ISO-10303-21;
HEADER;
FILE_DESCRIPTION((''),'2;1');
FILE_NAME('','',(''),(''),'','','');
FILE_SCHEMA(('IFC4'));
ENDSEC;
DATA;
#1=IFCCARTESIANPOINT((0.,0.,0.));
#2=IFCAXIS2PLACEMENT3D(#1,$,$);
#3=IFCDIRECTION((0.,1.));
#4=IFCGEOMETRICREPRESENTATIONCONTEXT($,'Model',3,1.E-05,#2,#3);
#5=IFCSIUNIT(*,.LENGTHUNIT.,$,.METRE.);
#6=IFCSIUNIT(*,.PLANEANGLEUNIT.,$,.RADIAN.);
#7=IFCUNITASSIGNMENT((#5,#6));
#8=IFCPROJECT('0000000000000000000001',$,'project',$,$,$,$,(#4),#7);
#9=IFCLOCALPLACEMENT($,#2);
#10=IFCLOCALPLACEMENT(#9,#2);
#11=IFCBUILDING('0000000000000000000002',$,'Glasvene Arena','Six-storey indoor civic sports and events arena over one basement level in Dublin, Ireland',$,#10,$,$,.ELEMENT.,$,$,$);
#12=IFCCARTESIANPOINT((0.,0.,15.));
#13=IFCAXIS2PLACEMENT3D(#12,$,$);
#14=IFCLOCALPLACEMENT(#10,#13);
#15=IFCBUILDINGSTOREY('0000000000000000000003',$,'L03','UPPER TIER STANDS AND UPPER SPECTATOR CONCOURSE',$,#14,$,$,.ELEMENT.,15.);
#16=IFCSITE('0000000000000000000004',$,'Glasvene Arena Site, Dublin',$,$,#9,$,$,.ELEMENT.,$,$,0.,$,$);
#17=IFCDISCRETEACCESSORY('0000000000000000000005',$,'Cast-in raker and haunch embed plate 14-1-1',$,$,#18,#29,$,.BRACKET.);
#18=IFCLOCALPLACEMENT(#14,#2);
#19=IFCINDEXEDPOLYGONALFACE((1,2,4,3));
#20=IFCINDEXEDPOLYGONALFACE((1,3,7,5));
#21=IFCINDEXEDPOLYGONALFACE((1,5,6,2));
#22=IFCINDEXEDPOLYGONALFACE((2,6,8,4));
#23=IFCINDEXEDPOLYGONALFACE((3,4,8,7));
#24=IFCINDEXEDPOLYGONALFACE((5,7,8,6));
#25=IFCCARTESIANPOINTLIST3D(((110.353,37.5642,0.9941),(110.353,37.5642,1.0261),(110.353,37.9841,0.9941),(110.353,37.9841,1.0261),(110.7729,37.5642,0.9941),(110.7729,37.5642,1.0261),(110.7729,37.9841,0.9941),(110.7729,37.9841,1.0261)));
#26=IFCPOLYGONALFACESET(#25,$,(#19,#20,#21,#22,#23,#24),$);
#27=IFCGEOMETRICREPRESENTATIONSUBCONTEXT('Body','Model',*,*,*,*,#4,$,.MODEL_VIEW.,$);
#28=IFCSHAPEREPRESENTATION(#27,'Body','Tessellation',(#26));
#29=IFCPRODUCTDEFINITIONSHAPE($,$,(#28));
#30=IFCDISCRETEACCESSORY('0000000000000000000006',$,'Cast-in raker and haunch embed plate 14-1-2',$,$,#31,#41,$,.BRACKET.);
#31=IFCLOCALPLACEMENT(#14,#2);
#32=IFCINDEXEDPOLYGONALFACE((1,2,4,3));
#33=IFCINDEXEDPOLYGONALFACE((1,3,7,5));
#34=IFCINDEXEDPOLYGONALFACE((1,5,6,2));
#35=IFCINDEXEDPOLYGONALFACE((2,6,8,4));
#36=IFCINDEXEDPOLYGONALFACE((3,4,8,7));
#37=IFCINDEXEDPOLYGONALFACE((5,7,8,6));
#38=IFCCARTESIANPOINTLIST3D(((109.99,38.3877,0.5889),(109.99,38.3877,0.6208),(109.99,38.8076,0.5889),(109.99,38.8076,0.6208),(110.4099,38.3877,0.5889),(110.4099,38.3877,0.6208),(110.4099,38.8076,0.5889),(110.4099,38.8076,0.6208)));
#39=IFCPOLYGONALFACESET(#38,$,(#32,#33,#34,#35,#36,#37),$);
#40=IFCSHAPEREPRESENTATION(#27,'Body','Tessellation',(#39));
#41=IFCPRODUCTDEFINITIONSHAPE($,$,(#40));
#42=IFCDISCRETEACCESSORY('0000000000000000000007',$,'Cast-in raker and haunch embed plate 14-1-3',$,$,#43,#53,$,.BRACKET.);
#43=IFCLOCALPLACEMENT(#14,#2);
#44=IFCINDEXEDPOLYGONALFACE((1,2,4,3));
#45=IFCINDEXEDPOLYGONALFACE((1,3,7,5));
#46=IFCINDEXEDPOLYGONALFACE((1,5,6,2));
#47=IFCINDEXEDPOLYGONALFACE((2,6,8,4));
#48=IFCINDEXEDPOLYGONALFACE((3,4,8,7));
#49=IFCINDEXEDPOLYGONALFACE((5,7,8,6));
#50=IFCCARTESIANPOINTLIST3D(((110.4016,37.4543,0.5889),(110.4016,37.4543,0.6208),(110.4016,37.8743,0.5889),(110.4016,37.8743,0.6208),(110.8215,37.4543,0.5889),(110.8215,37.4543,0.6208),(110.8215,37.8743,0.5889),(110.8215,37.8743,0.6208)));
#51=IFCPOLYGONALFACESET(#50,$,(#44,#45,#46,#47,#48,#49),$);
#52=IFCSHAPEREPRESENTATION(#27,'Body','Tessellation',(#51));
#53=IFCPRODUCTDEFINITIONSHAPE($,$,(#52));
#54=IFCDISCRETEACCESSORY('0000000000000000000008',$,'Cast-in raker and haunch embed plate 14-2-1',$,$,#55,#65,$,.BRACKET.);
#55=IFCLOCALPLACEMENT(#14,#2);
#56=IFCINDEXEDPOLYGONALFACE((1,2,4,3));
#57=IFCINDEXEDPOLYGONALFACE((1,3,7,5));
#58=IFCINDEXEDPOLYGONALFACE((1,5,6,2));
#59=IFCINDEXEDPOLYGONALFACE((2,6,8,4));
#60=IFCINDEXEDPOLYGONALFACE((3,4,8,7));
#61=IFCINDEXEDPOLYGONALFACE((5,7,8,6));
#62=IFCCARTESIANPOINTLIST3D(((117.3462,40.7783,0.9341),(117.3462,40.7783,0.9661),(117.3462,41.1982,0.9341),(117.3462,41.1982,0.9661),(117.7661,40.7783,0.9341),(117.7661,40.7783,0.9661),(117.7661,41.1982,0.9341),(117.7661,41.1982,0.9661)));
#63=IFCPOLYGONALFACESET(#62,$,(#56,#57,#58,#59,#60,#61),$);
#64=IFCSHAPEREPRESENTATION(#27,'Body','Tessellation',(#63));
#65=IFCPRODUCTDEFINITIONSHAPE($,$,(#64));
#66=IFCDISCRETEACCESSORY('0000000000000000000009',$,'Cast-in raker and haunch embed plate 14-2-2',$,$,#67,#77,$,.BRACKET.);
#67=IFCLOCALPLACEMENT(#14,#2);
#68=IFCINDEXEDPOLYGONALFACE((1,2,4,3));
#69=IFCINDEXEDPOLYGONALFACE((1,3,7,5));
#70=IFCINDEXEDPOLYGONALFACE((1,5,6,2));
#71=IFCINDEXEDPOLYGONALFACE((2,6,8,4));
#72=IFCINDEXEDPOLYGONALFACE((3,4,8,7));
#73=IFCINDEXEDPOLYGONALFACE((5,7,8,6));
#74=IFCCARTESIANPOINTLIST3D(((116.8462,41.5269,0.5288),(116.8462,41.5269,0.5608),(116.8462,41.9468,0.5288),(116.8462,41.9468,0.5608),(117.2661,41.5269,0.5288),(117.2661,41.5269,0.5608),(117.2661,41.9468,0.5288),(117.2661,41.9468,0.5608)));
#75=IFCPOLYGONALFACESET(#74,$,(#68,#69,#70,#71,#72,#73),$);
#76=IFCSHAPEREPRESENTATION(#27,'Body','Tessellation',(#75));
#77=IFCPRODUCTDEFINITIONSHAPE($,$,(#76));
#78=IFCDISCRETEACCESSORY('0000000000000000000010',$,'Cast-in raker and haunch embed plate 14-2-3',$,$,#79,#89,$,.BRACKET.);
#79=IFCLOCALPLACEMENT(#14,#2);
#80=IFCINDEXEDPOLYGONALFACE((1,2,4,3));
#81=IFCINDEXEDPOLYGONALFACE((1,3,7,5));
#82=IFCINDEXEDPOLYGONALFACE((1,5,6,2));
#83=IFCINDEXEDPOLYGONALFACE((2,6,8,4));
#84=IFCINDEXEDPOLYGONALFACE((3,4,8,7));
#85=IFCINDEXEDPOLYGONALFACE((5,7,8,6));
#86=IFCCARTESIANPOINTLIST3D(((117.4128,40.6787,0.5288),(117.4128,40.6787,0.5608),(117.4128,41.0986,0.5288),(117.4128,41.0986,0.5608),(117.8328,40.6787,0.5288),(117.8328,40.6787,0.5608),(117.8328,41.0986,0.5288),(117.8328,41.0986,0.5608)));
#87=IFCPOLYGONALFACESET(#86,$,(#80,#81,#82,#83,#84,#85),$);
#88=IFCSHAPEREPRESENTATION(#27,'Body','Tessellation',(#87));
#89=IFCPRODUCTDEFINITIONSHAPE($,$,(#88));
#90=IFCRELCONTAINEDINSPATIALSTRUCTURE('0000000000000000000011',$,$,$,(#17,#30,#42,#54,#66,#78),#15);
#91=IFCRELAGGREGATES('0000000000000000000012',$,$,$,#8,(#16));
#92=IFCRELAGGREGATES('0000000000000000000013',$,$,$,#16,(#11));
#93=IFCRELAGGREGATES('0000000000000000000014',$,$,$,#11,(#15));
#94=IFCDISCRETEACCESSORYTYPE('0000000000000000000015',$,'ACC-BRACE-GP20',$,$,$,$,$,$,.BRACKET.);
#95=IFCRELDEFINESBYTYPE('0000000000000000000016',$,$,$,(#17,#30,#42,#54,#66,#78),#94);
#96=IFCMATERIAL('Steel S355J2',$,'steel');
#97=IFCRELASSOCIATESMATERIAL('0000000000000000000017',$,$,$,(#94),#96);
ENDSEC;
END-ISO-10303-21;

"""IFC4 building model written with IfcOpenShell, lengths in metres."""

from ifc_helpers import new_model, si_unit, direction, frame, origin, origin_2d, place, context, subcontext, project, spatial, rectangle, extrude, material, type_object, element, save


model = new_model("IFC4")

# Units and contexts
model_context = context("Model", 3, precision=1e-05, world=origin(), true_north=direction((0.0, 1.0)))
body_context = subcontext(model_context, "Body", "Model", "MODEL_VIEW")
ifc_project = project(units=[si_unit("LENGTHUNIT", "METRE"), si_unit("PLANEANGLEUNIT", "RADIAN")], contexts=[model_context])

# Site, building, storey
site_placement = place(None, origin())
site = spatial("IfcSite", under=ifc_project, at=site_placement, Name="Glasvene Arena Site, Dublin", CompositionType="ELEMENT", RefElevation=0.0)
building_placement = place(site_placement, origin())
building = spatial("IfcBuilding", under=site, at=building_placement, Name="Glasvene Arena", Description="Six-storey indoor civic sports and events arena over one basement level in Dublin, Ireland", CompositionType="ELEMENT")
storey_placement = place(building_placement, frame((0.0, 0.0, 15.0)))
storey = spatial("IfcBuildingStorey", under=building, at=storey_placement, Name="L03", Description="UPPER TIER STANDS AND UPPER SPECTATOR CONCOURSE", CompositionType="ELEMENT", Elevation=15.0)

# Shared definitions
ifc_material_1 = material(Name="Steel S355J2", Category="steel")

# Discrete accessories
discrete_accessory_type = type_object("IfcDiscreteAccessoryType", Name="ACC-BRACE-GP20", PredefinedType="BRACKET", material=ifc_material_1)
for number, where, z_axis, x_axis, name in (
    (1, (110.563, 37.7742, 0.9941), (0.0, 0.0, 1.0), (1.0, 0.0, 0.0), "Cast-in raker and haunch embed plate 14-1-1"),
    (2, (110.2, 38.5977, 0.5889), (0.0, 0.0, 1.0), (1.0, 0.0, 0.0), "Cast-in raker and haunch embed plate 14-1-2"),
    (3, (110.6116, 37.6643, 0.5889), (0.0, 0.0, 1.0), (1.0, 0.0, 0.0), "Cast-in raker and haunch embed plate 14-1-3"),
    (4, (117.5562, 40.9883, 0.9341), (0.0, 0.0, 1.0), (1.0, 0.0, 0.0), "Cast-in raker and haunch embed plate 14-2-1"),
    (5, (117.0562, 41.7368, 0.5288), (0.0, 0.0, 1.0), (1.0, 0.0, 0.0), "Cast-in raker and haunch embed plate 14-2-2"),
    (6, (117.6228, 40.8887, 0.5288), (0.0, 0.0, 1.0), (1.0, 0.0, 0.0), "Cast-in raker and haunch embed plate 14-2-3"),
):
    element("IfcDiscreteAccessory", number, at=place(storey_placement, frame(where, z_axis=z_axis, x_axis=x_axis)), inside=storey, type_object=discrete_accessory_type, Name=name, PredefinedType="BRACKET", context=body_context, shape_type="SweptSolid", body=[
        extrude(rectangle(XDim=0.4199, YDim=0.4199, at=origin_2d()), origin(), (0.0, 0.0, 1.0), 0.032),
    ])

save(model, "model.ifc")
